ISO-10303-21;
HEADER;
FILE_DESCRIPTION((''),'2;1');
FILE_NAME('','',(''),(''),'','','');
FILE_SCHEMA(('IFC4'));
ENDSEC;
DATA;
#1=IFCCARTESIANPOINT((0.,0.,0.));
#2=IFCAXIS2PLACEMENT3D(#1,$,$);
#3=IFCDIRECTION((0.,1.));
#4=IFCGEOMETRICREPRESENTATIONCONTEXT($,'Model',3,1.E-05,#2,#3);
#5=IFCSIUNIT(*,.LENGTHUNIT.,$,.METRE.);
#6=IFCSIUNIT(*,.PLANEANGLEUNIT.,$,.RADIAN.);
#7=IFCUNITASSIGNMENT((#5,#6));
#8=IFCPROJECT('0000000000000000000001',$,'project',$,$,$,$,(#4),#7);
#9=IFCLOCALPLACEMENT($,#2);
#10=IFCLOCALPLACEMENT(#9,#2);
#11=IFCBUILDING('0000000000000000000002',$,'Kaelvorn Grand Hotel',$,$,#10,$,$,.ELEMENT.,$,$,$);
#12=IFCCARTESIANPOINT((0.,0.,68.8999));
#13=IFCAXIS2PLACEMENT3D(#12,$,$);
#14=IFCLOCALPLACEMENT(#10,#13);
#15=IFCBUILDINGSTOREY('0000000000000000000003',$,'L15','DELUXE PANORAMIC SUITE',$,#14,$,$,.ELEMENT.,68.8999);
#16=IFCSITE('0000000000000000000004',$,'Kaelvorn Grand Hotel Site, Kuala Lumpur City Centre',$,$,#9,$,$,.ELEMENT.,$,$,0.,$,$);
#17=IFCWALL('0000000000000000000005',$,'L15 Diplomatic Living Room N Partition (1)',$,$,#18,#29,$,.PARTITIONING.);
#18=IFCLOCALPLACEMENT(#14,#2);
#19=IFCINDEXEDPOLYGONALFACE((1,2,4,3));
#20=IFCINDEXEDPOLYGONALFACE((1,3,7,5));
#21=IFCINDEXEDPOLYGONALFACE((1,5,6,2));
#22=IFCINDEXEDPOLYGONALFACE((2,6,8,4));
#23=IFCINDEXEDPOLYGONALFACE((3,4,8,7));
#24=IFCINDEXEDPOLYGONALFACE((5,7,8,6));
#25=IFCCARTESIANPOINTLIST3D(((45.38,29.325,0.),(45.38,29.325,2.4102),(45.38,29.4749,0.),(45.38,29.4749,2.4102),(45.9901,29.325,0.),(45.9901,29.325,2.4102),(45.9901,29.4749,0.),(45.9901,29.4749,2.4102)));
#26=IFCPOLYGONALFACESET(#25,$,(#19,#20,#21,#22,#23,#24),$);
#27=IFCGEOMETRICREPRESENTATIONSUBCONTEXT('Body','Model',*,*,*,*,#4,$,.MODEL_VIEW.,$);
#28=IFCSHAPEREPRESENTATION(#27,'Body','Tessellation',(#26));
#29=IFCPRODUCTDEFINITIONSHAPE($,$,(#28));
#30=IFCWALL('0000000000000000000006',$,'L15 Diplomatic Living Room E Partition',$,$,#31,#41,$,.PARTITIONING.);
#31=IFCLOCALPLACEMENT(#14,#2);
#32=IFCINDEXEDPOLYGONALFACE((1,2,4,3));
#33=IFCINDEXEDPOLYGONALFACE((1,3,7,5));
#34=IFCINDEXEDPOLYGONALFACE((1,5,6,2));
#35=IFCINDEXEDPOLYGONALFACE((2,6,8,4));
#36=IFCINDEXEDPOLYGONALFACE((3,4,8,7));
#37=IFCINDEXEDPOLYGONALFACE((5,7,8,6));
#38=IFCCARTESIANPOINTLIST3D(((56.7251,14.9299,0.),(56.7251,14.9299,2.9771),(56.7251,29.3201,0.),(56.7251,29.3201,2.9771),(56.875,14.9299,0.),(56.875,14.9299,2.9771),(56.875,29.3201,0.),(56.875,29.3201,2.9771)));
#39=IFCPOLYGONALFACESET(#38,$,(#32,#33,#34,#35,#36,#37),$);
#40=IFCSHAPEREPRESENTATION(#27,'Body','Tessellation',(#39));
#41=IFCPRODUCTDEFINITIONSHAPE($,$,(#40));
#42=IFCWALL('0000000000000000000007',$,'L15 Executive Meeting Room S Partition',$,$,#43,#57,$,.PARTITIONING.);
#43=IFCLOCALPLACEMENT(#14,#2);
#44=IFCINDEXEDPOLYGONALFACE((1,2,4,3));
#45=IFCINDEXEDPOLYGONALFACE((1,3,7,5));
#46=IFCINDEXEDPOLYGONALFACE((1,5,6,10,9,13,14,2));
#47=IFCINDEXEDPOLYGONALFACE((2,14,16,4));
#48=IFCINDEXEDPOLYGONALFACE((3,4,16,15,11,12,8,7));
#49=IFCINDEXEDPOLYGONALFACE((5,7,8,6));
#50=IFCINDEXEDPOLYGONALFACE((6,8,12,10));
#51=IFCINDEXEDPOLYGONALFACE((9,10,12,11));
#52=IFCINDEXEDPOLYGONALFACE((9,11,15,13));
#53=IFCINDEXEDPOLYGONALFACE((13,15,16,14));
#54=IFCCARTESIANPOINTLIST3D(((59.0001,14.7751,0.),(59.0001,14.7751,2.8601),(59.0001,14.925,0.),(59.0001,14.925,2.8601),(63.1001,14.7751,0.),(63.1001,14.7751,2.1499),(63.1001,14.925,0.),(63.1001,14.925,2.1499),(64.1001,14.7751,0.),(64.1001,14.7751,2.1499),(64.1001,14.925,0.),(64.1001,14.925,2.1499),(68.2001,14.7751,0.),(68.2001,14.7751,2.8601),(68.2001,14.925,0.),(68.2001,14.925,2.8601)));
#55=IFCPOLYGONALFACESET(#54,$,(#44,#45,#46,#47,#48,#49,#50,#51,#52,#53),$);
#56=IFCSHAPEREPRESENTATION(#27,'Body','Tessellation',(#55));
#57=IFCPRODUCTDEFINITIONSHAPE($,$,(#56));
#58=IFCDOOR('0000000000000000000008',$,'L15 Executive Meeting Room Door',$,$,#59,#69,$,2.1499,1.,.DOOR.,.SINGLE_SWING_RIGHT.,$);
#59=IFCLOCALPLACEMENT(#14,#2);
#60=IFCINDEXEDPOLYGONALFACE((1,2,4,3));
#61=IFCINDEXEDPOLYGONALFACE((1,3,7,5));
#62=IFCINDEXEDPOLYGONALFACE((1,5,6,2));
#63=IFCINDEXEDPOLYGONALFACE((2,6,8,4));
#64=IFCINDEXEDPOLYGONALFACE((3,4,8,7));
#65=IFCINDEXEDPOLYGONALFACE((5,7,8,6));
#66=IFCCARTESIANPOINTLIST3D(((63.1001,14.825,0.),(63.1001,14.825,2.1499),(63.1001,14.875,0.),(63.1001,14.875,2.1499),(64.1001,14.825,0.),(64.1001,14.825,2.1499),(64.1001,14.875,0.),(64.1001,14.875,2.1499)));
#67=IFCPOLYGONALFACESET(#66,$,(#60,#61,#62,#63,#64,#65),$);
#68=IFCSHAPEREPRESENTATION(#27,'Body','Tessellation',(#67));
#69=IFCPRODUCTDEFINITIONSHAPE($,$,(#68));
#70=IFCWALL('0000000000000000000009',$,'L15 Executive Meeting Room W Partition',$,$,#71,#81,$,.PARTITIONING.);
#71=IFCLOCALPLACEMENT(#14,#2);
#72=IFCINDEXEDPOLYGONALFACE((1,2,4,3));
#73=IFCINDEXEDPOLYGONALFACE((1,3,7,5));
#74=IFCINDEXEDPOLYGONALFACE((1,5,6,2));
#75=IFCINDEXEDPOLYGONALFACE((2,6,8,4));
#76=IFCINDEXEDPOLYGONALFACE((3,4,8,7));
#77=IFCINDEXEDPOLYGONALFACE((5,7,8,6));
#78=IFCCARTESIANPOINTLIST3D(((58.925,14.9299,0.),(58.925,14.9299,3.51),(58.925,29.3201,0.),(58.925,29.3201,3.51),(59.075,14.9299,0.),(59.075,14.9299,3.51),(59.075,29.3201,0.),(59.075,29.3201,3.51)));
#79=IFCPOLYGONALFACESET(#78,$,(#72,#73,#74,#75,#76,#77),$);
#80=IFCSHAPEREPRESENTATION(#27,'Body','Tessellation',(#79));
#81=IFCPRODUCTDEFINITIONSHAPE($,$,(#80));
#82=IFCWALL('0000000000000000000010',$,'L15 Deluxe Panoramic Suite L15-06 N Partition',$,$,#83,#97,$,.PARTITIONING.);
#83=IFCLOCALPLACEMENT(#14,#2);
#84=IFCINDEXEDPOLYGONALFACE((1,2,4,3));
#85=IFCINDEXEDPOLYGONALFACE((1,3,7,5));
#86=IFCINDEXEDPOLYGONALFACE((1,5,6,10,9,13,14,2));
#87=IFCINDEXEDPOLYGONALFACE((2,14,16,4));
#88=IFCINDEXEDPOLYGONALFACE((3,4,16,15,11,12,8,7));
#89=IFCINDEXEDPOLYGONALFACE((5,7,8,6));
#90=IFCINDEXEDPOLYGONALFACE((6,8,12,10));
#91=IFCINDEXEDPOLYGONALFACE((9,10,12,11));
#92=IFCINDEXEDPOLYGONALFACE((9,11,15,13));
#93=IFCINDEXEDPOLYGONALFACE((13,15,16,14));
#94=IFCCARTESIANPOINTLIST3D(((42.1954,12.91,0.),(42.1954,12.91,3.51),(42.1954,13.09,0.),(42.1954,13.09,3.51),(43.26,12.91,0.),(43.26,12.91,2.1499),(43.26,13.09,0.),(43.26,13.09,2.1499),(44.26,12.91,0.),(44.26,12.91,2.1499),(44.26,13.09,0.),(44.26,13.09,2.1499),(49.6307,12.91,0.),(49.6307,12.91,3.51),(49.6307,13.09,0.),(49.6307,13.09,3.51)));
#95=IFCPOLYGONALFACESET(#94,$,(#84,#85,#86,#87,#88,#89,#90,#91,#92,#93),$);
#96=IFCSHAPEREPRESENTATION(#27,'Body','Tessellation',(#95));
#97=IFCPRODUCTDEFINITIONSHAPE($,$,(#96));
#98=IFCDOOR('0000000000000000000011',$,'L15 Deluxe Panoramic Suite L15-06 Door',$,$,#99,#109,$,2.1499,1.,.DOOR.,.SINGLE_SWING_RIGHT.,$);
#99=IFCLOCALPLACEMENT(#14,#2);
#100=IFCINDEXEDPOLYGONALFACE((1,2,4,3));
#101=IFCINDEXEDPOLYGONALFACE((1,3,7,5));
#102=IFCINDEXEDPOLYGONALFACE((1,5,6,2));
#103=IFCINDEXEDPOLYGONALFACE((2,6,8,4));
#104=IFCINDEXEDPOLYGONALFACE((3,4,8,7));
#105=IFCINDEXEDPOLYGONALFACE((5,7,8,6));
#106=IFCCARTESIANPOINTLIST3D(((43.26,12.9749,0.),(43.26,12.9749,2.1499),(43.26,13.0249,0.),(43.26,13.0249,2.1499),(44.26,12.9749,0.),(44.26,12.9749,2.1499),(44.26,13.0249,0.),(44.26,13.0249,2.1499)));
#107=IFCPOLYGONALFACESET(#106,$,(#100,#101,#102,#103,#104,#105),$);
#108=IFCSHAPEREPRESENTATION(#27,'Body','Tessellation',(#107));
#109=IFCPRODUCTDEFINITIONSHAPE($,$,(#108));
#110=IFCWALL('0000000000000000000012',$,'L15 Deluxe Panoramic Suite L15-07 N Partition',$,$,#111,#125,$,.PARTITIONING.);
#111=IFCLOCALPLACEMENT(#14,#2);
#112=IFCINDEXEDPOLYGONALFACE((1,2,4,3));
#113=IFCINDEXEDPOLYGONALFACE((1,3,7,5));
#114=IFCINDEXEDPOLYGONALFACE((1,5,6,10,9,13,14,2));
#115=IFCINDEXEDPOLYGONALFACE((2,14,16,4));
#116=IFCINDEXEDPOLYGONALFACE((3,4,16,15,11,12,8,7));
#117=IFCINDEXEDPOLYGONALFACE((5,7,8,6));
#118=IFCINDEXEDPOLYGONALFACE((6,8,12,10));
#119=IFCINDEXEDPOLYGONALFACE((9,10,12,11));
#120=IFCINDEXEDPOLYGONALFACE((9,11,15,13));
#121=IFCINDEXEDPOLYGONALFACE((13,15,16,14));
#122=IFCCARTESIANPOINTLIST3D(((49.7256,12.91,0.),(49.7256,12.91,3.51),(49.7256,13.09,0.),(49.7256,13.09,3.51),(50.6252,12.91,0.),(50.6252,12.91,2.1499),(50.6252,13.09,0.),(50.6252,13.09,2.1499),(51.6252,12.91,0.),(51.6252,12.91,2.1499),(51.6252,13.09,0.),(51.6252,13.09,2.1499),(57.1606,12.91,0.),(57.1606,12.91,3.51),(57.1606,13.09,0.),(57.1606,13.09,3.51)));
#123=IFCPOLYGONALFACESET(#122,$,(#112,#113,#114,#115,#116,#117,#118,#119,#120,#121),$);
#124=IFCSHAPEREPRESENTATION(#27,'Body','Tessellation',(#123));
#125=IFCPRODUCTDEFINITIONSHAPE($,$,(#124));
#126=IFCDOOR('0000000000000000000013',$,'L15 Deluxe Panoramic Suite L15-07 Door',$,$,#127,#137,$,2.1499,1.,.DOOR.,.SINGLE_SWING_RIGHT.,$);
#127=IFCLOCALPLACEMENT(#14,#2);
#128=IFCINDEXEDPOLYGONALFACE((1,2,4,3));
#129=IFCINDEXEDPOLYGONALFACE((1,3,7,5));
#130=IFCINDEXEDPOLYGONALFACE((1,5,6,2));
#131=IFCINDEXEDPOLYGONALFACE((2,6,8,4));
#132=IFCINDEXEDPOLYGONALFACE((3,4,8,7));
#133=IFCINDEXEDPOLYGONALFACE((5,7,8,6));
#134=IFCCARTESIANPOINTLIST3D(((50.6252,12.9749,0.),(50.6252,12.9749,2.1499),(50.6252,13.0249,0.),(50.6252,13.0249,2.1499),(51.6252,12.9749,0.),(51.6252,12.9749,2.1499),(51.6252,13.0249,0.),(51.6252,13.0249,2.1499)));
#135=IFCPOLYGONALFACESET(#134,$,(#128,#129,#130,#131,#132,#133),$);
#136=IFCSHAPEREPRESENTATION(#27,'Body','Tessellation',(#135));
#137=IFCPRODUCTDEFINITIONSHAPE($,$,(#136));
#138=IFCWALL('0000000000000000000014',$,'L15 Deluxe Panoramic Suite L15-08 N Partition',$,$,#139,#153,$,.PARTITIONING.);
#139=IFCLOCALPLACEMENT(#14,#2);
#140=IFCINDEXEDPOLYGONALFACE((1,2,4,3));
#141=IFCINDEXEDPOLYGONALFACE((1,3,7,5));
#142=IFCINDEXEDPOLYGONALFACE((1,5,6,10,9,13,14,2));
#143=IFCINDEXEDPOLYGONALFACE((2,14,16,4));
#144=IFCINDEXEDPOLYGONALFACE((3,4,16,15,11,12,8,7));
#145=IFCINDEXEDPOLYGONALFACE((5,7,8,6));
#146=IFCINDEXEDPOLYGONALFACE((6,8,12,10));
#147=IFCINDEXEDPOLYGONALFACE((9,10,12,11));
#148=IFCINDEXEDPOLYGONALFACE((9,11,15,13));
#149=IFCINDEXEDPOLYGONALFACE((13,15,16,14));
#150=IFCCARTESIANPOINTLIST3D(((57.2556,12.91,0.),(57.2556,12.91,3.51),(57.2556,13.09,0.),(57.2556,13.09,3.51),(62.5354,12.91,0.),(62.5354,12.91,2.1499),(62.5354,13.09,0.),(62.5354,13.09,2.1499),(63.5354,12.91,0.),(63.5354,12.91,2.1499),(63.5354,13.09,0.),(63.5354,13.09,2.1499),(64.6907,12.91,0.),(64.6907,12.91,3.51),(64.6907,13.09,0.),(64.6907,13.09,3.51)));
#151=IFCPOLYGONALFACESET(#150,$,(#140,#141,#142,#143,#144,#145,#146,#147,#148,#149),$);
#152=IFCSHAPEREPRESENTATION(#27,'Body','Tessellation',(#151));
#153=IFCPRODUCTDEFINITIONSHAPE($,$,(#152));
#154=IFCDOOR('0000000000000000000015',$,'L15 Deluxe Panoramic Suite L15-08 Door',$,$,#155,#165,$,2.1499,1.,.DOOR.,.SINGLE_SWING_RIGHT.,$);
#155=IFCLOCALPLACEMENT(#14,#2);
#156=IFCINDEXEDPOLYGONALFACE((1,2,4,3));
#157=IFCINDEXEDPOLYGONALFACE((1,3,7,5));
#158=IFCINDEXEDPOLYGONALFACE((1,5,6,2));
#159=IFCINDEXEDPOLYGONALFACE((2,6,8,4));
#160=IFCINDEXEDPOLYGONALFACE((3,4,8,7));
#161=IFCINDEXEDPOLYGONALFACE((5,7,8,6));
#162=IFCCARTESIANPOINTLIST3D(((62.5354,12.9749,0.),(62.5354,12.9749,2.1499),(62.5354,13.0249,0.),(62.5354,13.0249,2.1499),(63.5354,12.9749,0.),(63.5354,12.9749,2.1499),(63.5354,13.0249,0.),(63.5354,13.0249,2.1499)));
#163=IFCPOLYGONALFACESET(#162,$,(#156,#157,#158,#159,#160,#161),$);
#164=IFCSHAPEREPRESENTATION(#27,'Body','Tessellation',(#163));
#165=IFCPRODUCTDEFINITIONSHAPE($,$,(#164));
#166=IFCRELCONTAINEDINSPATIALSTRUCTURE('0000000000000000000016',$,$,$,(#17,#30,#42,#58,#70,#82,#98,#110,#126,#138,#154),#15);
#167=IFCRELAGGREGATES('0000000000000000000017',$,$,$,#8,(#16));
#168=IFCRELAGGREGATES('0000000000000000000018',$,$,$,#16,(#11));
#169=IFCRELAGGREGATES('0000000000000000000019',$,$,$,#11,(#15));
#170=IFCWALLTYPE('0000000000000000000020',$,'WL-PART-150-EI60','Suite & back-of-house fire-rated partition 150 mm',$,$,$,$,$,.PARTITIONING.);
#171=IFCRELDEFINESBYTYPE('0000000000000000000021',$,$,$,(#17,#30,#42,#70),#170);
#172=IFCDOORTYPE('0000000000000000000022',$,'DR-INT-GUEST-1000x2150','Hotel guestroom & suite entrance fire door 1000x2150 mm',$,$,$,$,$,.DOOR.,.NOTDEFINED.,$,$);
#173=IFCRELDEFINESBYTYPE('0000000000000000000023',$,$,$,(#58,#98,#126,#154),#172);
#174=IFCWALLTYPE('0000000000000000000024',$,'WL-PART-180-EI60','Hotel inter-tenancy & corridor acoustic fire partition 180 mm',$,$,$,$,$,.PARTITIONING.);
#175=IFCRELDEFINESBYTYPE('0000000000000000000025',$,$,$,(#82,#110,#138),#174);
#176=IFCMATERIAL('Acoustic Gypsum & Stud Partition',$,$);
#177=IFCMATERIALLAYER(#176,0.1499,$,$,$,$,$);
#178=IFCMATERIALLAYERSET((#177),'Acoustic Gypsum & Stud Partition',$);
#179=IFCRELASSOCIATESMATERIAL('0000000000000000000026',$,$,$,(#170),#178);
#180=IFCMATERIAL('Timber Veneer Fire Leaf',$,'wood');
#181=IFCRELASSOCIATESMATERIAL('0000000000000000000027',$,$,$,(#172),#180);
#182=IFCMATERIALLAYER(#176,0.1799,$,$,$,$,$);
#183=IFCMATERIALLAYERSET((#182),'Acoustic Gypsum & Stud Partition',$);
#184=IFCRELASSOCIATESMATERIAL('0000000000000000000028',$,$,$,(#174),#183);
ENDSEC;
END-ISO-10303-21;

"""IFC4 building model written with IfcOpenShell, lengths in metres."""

from ifc_helpers import new_model, si_unit, direction, frame, frame_2d, origin, place, context, subcontext, project, spatial, rectangle, extrude, material, layer, layer_set, type_object, element, fill, save


model = new_model("IFC4")

# Units and contexts
model_context = context("Model", 3, precision=1e-05, world=origin(), true_north=direction((0.0, 1.0)))
body_context = subcontext(model_context, "Body", "Model", "MODEL_VIEW")
ifc_project = project(units=[si_unit("LENGTHUNIT", "METRE"), si_unit("PLANEANGLEUNIT", "RADIAN")], contexts=[model_context])

# Site, building, storey
site_placement = place(None, origin())
site = spatial("IfcSite", under=ifc_project, at=site_placement, Name="Kaelvorn Grand Hotel Site, Kuala Lumpur City Centre", CompositionType="ELEMENT", RefElevation=0.0)
building_placement = place(site_placement, origin())
building = spatial("IfcBuilding", under=site, at=building_placement, Name="Kaelvorn Grand Hotel", CompositionType="ELEMENT")
storey_placement = place(building_placement, frame((0.0, 0.0, 68.8999)))
storey = spatial("IfcBuildingStorey", under=building, at=storey_placement, Name="L15", Description="DELUXE PANORAMIC SUITE", CompositionType="ELEMENT", Elevation=68.8999)

# Shared definitions
ifc_material_1 = material(Name="Acoustic Gypsum & Stud Partition")
ifc_layer_1 = layer(ifc_material_1, 0.1499)
ifc_layer_set_1 = layer_set([ifc_layer_1], Name="Acoustic Gypsum & Stud Partition")
wall_type_1 = type_object("IfcWallType", Name="WL-PART-150-EI60", Description="Suite & back-of-house fire-rated partition 150 mm", PredefinedType="PARTITIONING", material=ifc_layer_set_1)

# Shared definitions
ifc_material_2 = material(Name="Timber Veneer Fire Leaf", Category="wood")
door_type_1 = type_object("IfcDoorType", Name="DR-INT-GUEST-1000x2150", Description="Hotel guestroom & suite entrance fire door 1000x2150 mm", OperationType="NOTDEFINED", PredefinedType="DOOR", material=ifc_material_2)

# Walls
wall_1_placement = place(storey_placement, frame((45.3799, 29.3999, 0.0), z_axis=(0.0, 0.0, 1.0), x_axis=(1.0, 0.0, 0.0)))
element("IfcWall", 1, at=wall_1_placement, inside=storey, type_object=wall_type_1, Name="L15 Diplomatic Living Room N Partition (1)", PredefinedType="PARTITIONING", context=body_context, shape_type="SweptSolid", body=[
    extrude(rectangle(XDim=0.6101, YDim=0.1499, at=frame_2d((0.3052, 0.0))), origin(), (0.0, 0.0, 1.0), 2.4102),
])
wall_2_placement = place(storey_placement, frame((56.8, 14.9299, 0.0), z_axis=(0.0, 0.0, 1.0), x_axis=(0.0, 1.0, 0.0)))
element("IfcWall", 2, at=wall_2_placement, inside=storey, type_object=wall_type_1, Name="L15 Diplomatic Living Room E Partition", PredefinedType="PARTITIONING", context=body_context, shape_type="SweptSolid", body=[
    extrude(rectangle(XDim=14.3901, YDim=0.1499, at=frame_2d((7.1951, 0.0))), origin(), (0.0, 0.0, 1.0), 2.9771),
])

# Wall, opening, door
wall_3_placement = place(storey_placement, frame((59.0, 14.8501, 0.0), z_axis=(0.0, 0.0, 1.0), x_axis=(1.0, 0.0, 0.0)))
wall_3 = element("IfcWall", 3, at=wall_3_placement, inside=storey, type_object=wall_type_1, Name="L15 Executive Meeting Room S Partition", PredefinedType="PARTITIONING", context=body_context, shape_type="SweptSolid", body=[
    extrude(rectangle(XDim=9.2, YDim=0.1499, at=frame_2d((4.6001, 0.0))), origin(), (0.0, 0.0, 1.0), 2.8601),
])
opening_1_placement = place(wall_3_placement, frame((4.1001, 0.0, 0.0)))
opening_1 = element("IfcOpeningElement", 4, at=opening_1_placement, cuts=wall_3, PredefinedType="OPENING", context=body_context, shape_type="SweptSolid", body=[
    extrude(rectangle(XDim=1.0, YDim=2.1499, at=frame_2d((0.5, 1.075))), frame((0.0, 0.085, 0.0), z_axis=(0.0, -1.0, 0.0), x_axis=(1.0, 0.0, 0.0)), (0.0, 0.0, 1.0), 0.1699),
])
door_1_placement = place(opening_1_placement, origin())
door_1 = element("IfcDoor", 5, at=door_1_placement, inside=storey, type_object=door_type_1, Name="L15 Executive Meeting Room Door", OperationType="SINGLE_SWING_RIGHT", OverallHeight=2.1499, OverallWidth=1.0, PredefinedType="DOOR", context=body_context, shape_type="SweptSolid", body=[
    extrude(rectangle(XDim=1.0, YDim=2.1499, at=frame_2d((0.5, 1.075))), frame((0.0, 0.0249, 0.0), z_axis=(0.0, -1.0, 0.0), x_axis=(1.0, 0.0, 0.0)), (0.0, 0.0, 1.0), 0.05),
])
fill(opening_1, door_1)

# Wall
wall_4_placement = place(storey_placement, frame((59.0, 14.9299, 0.0), z_axis=(0.0, 0.0, 1.0), x_axis=(0.0, 1.0, 0.0)))
element("IfcWall", 6, at=wall_4_placement, inside=storey, type_object=wall_type_1, Name="L15 Executive Meeting Room W Partition", PredefinedType="PARTITIONING", context=body_context, shape_type="SweptSolid", body=[
    extrude(rectangle(XDim=14.3901, YDim=0.1499, at=frame_2d((7.1951, 0.0))), origin(), (0.0, 0.0, 1.0), 3.51),
])

# Walls, openings, doors
ifc_layer_2 = layer(ifc_material_1, 0.1799)
ifc_layer_set_2 = layer_set([ifc_layer_2], Name="Acoustic Gypsum & Stud Partition")
wall_type_2 = type_object("IfcWallType", Name="WL-PART-180-EI60", Description="Hotel inter-tenancy & corridor acoustic fire partition 180 mm", PredefinedType="PARTITIONING", material=ifc_layer_set_2)
wall_5_placement = place(storey_placement, frame((42.1953, 13.0, 0.0), z_axis=(0.0, 0.0, 1.0), x_axis=(1.0, 0.0, 0.0)))
wall_5 = element("IfcWall", 7, at=wall_5_placement, inside=storey, type_object=wall_type_2, Name="L15 Deluxe Panoramic Suite L15-06 N Partition", PredefinedType="PARTITIONING", context=body_context, shape_type="SweptSolid", body=[
    extrude(rectangle(XDim=7.4353, YDim=0.1799, at=frame_2d((3.7178, 0.0))), origin(), (0.0, 0.0, 1.0), 3.51),
])
opening_2_placement = place(wall_5_placement, frame((1.0647, 0.0, 0.0)))
opening_2 = element("IfcOpeningElement", 8, at=opening_2_placement, cuts=wall_5, PredefinedType="OPENING", context=body_context, shape_type="SweptSolid", body=[
    extrude(rectangle(XDim=1.0, YDim=2.1499, at=frame_2d((0.5, 1.075))), frame((0.0, 0.1001, 0.0), z_axis=(0.0, -1.0, 0.0), x_axis=(1.0, 0.0, 0.0)), (0.0, 0.0, 1.0), 0.2),
])
door_2_placement = place(opening_2_placement, origin())
door_2 = element("IfcDoor", 9, at=door_2_placement, inside=storey, type_object=door_type_1, Name="L15 Deluxe Panoramic Suite L15-06 Door", OperationType="SINGLE_SWING_RIGHT", OverallHeight=2.1499, OverallWidth=1.0, PredefinedType="DOOR", context=body_context, shape_type="SweptSolid", body=[
    extrude(rectangle(XDim=1.0, YDim=2.1499, at=frame_2d((0.5, 1.075))), frame((0.0, 0.0249, 0.0), z_axis=(0.0, -1.0, 0.0), x_axis=(1.0, 0.0, 0.0)), (0.0, 0.0, 1.0), 0.05),
])
fill(opening_2, door_2)
wall_6_placement = place(storey_placement, frame((49.7256, 13.0, 0.0), z_axis=(0.0, 0.0, 1.0), x_axis=(1.0, 0.0, 0.0)))
wall_6 = element("IfcWall", 10, at=wall_6_placement, inside=storey, type_object=wall_type_2, Name="L15 Deluxe Panoramic Suite L15-07 N Partition", PredefinedType="PARTITIONING", context=body_context, shape_type="SweptSolid", body=[
    extrude(rectangle(XDim=7.4351, YDim=0.1799, at=frame_2d((3.7175, 0.0))), origin(), (0.0, 0.0, 1.0), 3.51),
])
opening_3_placement = place(wall_6_placement, frame((0.8997, 0.0, 0.0)))
opening_3 = element("IfcOpeningElement", 11, at=opening_3_placement, cuts=wall_6, PredefinedType="OPENING", context=body_context, shape_type="SweptSolid", body=[
    extrude(rectangle(XDim=1.0, YDim=2.1499, at=frame_2d((0.5, 1.075))), frame((0.0, 0.1001, 0.0), z_axis=(0.0, -1.0, 0.0), x_axis=(1.0, 0.0, 0.0)), (0.0, 0.0, 1.0), 0.2),
])
door_3_placement = place(opening_3_placement, origin())
door_3 = element("IfcDoor", 12, at=door_3_placement, inside=storey, type_object=door_type_1, Name="L15 Deluxe Panoramic Suite L15-07 Door", OperationType="SINGLE_SWING_RIGHT", OverallHeight=2.1499, OverallWidth=1.0, PredefinedType="DOOR", context=body_context, shape_type="SweptSolid", body=[
    extrude(rectangle(XDim=1.0, YDim=2.1499, at=frame_2d((0.5, 1.075))), frame((0.0, 0.0249, 0.0), z_axis=(0.0, -1.0, 0.0), x_axis=(1.0, 0.0, 0.0)), (0.0, 0.0, 1.0), 0.05),
])
fill(opening_3, door_3)
wall_7_placement = place(storey_placement, frame((57.2556, 13.0, 0.0), z_axis=(0.0, 0.0, 1.0), x_axis=(1.0, 0.0, 0.0)))
wall_7 = element("IfcWall", 13, at=wall_7_placement, inside=storey, type_object=wall_type_2, Name="L15 Deluxe Panoramic Suite L15-08 N Partition", PredefinedType="PARTITIONING", context=body_context, shape_type="SweptSolid", body=[
    extrude(rectangle(XDim=7.4351, YDim=0.1799, at=frame_2d((3.7175, 0.0))), origin(), (0.0, 0.0, 1.0), 3.51),
])
opening_4_placement = place(wall_7_placement, frame((5.2798, 0.0, 0.0)))
opening_4 = element("IfcOpeningElement", 14, at=opening_4_placement, cuts=wall_7, PredefinedType="OPENING", context=body_context, shape_type="SweptSolid", body=[
    extrude(rectangle(XDim=1.0, YDim=2.1499, at=frame_2d((0.5, 1.075))), frame((0.0, 0.1001, 0.0), z_axis=(0.0, -1.0, 0.0), x_axis=(1.0, 0.0, 0.0)), (0.0, 0.0, 1.0), 0.2),
])
door_4_placement = place(opening_4_placement, origin())
door_4 = element("IfcDoor", 15, at=door_4_placement, inside=storey, type_object=door_type_1, Name="L15 Deluxe Panoramic Suite L15-08 Door", OperationType="SINGLE_SWING_RIGHT", OverallHeight=2.1499, OverallWidth=1.0, PredefinedType="DOOR", context=body_context, shape_type="SweptSolid", body=[
    extrude(rectangle(XDim=1.0, YDim=2.1499, at=frame_2d((0.5, 1.075))), frame((0.0, 0.0249, 0.0), z_axis=(0.0, -1.0, 0.0), x_axis=(1.0, 0.0, 0.0)), (0.0, 0.0, 1.0), 0.05),
])
fill(opening_4, door_4)

save(model, "model.ifc")
